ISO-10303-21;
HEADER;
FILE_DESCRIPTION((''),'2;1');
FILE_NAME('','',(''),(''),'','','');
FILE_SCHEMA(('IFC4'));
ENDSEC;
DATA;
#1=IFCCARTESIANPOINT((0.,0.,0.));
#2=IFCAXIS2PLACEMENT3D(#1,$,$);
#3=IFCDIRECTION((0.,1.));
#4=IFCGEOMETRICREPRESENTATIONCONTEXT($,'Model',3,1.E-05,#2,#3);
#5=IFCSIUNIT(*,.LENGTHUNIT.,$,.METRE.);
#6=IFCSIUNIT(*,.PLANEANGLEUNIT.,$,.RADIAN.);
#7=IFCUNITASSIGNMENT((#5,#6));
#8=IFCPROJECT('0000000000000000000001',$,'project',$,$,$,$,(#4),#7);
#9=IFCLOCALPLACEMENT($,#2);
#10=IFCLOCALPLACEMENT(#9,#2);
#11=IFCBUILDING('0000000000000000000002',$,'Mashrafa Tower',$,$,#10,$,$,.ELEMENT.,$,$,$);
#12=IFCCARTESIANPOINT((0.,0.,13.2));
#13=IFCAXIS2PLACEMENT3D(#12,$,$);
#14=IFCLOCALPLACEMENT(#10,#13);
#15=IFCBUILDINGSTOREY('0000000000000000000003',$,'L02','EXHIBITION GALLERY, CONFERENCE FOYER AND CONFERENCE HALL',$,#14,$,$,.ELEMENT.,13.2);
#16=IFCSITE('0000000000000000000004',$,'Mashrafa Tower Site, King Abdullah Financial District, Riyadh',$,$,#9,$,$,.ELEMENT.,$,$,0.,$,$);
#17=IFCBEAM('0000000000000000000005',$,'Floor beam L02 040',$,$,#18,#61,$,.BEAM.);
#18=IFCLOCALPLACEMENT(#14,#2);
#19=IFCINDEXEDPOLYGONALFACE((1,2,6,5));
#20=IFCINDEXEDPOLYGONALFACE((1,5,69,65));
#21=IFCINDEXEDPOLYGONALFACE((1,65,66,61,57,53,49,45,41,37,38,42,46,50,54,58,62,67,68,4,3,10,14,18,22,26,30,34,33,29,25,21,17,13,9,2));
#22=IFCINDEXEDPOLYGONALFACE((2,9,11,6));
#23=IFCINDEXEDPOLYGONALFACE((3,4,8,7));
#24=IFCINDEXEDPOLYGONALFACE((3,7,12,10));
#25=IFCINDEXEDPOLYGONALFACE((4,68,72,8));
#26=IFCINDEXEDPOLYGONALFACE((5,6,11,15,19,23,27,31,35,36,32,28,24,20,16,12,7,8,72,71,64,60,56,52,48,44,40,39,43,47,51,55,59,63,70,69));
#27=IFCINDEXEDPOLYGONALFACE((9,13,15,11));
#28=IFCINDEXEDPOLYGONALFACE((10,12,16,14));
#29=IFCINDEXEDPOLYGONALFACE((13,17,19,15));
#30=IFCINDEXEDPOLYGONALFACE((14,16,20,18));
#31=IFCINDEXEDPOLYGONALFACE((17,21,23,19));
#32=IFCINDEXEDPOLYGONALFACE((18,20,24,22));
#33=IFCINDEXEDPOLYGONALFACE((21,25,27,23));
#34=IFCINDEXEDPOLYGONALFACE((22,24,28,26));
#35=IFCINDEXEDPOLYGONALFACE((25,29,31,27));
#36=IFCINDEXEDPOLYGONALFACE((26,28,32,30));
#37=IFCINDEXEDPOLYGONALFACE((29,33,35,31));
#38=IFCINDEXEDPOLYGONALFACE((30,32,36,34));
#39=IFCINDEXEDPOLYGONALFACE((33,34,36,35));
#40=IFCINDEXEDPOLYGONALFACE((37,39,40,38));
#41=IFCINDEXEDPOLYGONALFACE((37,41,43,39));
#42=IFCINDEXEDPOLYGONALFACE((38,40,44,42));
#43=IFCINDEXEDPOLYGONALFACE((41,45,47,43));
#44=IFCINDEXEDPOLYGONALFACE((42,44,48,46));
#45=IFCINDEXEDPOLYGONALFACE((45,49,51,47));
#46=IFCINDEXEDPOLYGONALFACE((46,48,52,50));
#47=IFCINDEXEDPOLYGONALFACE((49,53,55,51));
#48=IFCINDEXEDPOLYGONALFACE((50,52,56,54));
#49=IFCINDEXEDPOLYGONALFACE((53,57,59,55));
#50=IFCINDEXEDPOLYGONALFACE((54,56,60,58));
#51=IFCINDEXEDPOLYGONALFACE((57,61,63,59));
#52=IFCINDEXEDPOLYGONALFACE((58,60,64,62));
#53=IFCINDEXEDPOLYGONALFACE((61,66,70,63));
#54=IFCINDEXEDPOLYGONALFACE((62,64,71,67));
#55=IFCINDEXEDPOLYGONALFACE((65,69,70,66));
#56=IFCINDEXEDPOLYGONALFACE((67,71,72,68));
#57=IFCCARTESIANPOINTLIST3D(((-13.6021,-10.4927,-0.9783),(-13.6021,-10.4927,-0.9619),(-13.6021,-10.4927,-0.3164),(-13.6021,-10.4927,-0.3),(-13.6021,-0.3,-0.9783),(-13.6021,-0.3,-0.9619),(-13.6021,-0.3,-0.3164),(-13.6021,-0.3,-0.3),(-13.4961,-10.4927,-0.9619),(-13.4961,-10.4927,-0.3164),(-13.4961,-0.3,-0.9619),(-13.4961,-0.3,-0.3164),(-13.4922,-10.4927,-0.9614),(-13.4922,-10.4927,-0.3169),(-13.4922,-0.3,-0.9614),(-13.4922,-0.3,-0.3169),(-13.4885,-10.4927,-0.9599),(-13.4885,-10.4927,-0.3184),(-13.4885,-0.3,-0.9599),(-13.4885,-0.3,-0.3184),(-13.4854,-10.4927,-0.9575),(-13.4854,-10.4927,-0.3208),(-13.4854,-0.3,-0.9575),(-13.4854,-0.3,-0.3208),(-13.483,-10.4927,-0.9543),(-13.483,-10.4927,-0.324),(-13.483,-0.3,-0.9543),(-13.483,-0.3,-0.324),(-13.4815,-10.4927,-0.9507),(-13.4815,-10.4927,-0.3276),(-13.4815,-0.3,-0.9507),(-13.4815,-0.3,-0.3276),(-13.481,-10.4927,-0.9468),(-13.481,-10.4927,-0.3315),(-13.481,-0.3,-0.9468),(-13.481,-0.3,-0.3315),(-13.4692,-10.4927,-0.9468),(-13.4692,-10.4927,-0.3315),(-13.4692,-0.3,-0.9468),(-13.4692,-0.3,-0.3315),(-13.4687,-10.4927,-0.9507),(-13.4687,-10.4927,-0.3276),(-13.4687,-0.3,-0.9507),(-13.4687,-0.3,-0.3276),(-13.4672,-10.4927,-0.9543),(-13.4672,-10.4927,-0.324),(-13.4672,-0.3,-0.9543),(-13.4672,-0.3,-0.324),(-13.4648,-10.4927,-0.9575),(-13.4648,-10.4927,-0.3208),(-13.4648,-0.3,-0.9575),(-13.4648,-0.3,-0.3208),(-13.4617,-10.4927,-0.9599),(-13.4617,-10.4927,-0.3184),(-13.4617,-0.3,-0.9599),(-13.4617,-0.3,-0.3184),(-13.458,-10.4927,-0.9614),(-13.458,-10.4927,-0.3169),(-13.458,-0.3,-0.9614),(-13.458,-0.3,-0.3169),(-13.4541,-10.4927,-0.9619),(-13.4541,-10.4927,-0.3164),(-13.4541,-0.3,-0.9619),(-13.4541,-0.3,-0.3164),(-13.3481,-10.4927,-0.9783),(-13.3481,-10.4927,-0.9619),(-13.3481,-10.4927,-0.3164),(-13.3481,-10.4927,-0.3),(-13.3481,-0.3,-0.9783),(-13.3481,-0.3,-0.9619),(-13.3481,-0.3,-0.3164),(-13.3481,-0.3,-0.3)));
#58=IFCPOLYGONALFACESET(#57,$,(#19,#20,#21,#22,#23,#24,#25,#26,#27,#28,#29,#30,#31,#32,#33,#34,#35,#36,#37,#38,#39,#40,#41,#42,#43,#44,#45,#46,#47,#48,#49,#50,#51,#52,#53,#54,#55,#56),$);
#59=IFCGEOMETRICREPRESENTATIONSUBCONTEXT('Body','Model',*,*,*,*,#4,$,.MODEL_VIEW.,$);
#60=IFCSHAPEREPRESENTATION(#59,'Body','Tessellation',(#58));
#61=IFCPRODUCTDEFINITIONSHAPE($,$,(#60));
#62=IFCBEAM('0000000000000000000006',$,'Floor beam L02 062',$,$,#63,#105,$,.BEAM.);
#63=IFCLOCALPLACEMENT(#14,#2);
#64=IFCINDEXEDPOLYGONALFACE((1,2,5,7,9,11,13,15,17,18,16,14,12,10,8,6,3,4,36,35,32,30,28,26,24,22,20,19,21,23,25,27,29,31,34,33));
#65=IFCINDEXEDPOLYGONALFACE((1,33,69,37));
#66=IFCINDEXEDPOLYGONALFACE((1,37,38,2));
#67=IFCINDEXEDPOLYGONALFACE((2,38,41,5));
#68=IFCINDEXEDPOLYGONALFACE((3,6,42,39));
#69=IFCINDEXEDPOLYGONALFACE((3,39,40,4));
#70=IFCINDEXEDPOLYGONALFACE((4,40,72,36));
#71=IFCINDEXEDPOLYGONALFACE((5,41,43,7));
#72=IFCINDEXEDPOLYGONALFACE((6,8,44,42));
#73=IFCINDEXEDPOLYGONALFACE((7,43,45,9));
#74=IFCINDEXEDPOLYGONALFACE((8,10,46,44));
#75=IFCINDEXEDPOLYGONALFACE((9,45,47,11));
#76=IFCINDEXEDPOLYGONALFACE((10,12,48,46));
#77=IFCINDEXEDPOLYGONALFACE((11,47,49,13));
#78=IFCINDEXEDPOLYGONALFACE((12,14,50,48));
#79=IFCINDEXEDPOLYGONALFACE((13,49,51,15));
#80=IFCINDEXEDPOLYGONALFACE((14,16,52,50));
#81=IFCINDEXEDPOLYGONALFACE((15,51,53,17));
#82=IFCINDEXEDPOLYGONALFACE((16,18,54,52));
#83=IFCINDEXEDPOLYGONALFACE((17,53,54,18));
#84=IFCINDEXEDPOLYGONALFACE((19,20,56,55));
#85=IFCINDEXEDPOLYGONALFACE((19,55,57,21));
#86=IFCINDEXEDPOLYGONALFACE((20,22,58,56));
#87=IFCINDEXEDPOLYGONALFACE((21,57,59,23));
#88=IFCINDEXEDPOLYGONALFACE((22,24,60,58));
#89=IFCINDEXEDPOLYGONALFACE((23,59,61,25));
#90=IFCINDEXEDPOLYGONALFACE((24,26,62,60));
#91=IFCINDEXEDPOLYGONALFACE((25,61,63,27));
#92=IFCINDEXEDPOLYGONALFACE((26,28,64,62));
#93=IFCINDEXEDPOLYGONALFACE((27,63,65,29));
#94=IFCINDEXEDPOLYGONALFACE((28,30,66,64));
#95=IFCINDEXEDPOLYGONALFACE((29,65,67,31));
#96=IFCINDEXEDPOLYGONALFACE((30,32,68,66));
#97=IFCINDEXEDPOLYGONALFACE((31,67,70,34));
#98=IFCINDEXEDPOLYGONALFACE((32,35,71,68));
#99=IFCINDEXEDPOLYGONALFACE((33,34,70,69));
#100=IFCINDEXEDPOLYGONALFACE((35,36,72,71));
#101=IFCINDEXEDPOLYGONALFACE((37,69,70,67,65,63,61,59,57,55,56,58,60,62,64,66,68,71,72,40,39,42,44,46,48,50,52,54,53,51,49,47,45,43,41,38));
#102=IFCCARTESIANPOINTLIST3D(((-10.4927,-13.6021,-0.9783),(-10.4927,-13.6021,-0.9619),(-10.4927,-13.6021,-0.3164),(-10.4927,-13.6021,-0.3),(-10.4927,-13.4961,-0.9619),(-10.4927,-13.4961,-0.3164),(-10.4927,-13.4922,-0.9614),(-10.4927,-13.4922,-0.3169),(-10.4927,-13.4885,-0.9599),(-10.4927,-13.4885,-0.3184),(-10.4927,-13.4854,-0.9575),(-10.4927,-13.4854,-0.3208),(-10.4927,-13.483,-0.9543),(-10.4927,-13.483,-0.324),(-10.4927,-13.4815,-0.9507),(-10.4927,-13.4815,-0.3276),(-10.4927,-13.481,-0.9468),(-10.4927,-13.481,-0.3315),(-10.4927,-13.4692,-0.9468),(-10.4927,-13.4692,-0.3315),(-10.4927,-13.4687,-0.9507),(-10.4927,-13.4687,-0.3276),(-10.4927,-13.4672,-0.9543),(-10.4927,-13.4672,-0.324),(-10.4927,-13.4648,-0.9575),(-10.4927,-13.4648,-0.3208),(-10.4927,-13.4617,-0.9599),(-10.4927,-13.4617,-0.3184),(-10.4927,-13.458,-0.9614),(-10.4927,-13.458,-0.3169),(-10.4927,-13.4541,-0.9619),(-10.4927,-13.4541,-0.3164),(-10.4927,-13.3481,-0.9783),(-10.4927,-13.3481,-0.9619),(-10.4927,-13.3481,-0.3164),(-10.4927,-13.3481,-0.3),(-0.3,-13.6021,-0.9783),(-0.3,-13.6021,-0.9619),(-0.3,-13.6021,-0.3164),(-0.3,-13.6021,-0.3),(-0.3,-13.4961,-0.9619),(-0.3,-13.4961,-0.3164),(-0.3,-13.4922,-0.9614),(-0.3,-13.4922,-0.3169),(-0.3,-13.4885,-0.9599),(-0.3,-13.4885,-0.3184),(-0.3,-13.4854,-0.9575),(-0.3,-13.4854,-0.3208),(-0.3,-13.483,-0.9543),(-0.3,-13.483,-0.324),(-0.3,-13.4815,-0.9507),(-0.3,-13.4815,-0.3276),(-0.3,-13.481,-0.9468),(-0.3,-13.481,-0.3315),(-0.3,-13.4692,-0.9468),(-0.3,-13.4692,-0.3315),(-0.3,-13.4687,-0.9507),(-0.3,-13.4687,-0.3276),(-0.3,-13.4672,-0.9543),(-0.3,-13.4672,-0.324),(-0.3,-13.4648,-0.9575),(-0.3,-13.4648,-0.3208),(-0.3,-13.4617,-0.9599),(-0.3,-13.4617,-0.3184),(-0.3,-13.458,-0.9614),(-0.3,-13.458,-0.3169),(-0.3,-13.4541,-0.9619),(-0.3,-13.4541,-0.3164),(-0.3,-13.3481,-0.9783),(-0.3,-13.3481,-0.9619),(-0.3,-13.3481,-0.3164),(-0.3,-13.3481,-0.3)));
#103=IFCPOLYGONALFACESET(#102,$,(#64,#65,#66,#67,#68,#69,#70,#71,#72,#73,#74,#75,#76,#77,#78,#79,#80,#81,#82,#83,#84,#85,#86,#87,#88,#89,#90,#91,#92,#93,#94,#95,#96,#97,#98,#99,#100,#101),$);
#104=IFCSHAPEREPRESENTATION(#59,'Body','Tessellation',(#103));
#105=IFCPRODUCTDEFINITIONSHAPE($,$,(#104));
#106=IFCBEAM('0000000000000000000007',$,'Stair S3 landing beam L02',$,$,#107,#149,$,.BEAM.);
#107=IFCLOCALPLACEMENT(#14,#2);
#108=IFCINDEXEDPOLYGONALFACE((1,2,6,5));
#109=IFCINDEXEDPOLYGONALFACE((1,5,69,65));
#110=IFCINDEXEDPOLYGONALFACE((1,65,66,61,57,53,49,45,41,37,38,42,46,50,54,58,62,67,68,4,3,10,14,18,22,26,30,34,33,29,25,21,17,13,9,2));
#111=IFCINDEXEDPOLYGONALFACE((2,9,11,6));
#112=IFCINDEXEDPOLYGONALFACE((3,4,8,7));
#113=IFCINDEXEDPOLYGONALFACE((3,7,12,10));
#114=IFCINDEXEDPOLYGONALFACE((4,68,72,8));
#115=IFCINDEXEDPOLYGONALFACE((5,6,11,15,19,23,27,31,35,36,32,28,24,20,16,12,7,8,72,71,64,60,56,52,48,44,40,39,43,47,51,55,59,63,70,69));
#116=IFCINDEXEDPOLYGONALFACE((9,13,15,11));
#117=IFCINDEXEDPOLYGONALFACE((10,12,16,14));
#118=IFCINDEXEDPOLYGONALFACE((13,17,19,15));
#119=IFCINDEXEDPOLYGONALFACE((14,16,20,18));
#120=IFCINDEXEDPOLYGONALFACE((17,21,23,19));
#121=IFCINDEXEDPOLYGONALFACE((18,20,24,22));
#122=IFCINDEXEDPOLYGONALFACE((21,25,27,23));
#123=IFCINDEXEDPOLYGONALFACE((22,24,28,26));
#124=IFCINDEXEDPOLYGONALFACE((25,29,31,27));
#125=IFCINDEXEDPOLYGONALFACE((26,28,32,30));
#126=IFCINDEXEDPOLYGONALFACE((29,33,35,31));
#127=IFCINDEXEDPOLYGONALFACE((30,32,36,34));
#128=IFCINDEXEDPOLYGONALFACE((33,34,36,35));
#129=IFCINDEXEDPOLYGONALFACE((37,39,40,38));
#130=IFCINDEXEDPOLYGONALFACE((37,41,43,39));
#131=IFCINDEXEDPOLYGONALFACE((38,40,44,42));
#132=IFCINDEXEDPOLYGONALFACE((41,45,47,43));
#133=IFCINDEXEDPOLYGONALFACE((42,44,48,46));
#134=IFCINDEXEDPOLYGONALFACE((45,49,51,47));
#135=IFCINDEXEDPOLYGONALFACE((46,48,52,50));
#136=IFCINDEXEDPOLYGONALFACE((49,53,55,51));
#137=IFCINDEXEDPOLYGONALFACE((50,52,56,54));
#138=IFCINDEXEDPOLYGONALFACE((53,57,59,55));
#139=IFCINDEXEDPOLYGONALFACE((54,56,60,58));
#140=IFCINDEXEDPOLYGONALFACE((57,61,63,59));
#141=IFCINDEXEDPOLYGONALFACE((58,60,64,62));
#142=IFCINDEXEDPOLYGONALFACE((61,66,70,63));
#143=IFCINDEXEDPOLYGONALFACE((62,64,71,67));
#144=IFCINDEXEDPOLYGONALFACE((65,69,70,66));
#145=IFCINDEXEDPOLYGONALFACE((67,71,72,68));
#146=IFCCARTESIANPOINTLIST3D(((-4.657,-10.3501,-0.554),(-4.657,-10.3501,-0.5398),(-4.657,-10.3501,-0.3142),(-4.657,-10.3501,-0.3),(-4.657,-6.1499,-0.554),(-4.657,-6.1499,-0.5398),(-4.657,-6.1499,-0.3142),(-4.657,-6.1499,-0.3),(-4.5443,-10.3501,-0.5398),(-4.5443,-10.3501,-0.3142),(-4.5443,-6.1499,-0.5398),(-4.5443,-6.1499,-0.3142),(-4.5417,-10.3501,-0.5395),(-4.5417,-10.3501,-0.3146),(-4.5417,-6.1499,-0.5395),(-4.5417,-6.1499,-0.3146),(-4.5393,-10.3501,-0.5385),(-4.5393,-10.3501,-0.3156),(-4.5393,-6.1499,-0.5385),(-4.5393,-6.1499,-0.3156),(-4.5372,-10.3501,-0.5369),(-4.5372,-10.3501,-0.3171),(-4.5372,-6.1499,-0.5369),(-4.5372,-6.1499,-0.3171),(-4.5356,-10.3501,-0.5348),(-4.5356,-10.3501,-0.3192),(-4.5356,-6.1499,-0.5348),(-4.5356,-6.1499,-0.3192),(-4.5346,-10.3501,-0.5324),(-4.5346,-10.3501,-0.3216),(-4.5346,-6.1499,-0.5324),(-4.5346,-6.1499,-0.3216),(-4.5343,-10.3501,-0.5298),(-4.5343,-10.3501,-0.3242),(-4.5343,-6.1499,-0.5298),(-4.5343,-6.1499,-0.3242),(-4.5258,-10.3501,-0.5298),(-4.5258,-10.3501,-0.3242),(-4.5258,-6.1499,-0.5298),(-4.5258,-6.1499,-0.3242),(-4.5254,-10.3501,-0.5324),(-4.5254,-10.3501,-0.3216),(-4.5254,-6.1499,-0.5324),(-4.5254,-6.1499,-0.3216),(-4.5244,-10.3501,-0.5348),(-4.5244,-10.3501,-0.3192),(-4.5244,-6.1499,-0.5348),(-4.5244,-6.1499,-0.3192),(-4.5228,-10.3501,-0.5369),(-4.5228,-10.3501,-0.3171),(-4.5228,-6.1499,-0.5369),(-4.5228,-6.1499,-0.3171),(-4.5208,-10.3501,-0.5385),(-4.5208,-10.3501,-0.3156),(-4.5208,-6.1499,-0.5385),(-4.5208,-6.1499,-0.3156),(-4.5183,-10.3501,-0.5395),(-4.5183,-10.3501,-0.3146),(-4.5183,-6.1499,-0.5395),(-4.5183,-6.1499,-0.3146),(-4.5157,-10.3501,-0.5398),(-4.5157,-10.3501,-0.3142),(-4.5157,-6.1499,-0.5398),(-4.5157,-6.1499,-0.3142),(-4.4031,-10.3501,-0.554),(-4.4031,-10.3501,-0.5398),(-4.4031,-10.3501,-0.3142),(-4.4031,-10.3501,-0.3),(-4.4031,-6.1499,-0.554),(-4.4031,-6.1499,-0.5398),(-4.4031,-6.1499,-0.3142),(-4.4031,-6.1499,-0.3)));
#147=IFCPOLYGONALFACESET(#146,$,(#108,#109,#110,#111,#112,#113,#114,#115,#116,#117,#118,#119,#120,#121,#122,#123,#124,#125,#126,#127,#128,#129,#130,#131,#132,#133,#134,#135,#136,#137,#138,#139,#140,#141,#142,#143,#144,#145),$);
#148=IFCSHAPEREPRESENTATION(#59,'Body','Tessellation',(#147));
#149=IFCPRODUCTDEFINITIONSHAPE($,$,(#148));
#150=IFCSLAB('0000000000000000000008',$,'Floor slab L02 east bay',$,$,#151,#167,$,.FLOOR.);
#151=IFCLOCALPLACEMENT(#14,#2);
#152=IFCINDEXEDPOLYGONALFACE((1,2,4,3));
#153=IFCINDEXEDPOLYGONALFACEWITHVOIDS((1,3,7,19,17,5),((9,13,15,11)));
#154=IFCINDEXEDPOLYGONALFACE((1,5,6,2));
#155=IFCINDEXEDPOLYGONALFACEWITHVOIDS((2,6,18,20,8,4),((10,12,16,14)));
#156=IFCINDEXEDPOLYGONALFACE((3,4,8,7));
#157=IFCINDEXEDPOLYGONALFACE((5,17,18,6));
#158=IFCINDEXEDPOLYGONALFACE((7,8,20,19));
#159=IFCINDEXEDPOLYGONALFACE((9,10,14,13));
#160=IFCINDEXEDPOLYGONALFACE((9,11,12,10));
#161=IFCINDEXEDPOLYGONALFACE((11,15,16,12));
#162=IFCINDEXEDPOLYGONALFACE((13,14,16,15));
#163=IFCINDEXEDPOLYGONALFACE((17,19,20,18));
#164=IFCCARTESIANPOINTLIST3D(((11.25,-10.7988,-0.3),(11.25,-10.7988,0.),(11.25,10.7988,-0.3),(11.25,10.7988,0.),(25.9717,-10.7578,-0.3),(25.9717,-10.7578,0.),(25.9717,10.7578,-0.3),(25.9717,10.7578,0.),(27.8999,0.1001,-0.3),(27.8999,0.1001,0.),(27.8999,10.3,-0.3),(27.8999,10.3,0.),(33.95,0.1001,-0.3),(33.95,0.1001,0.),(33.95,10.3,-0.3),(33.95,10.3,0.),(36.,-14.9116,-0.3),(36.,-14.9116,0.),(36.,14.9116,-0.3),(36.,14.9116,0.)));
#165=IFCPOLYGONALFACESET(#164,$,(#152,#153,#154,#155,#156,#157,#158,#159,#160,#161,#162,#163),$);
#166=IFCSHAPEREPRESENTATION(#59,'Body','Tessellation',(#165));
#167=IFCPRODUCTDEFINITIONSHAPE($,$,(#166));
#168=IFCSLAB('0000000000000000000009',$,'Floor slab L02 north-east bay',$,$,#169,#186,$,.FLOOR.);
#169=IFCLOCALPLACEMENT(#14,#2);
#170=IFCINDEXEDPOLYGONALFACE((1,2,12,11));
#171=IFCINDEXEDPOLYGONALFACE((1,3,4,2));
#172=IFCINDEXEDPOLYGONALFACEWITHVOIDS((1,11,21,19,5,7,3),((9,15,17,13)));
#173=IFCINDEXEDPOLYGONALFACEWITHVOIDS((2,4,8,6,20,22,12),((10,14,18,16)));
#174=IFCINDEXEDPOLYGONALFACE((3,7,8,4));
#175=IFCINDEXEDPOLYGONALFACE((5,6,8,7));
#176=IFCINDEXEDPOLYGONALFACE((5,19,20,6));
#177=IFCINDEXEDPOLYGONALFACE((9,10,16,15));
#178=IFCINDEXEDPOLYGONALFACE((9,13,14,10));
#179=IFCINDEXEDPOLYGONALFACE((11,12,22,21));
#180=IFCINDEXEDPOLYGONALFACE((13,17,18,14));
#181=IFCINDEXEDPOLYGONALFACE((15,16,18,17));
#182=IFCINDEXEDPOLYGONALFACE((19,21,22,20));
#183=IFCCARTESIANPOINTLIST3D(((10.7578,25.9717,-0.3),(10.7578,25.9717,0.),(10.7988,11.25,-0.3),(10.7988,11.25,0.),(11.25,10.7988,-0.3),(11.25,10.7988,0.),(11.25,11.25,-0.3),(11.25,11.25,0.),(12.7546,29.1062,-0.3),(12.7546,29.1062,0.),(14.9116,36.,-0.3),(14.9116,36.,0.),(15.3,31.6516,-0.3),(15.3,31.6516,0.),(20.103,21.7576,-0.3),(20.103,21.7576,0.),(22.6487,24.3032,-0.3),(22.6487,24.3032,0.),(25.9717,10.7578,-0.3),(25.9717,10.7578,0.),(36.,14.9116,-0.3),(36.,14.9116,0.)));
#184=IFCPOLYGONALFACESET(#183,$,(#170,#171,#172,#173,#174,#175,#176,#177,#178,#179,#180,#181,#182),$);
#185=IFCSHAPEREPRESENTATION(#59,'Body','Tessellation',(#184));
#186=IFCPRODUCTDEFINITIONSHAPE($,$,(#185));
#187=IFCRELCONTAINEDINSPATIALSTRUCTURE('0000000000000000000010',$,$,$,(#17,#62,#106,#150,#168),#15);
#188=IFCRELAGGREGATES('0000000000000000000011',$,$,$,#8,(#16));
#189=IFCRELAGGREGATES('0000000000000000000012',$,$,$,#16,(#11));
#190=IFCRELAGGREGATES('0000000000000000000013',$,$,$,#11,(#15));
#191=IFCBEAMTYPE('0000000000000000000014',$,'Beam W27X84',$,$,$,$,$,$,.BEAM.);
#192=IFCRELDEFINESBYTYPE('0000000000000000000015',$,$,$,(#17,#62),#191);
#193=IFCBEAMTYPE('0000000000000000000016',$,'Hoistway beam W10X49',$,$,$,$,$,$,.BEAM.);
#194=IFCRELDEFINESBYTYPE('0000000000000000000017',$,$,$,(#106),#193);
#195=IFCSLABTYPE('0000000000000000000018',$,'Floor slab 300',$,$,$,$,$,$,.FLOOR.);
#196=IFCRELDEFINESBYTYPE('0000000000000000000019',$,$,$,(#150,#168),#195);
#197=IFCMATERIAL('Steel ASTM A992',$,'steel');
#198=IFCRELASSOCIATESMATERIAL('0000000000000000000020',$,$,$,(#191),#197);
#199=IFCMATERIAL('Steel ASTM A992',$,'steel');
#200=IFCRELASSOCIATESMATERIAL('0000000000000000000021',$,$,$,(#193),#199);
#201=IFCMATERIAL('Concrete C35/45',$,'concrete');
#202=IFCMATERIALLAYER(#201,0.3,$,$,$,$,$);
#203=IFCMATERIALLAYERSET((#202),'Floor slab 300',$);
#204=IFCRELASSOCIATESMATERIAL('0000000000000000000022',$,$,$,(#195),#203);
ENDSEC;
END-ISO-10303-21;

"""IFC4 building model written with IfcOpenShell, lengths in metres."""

from ifc_helpers import new_model, si_unit, direction, frame, origin, origin_2d, place, context, subcontext, project, spatial, polyline, i_section, outline, extrude, material, layer, layer_set, material_profile, profile_set, type_object, element, save


model = new_model("IFC4")

# Units and contexts
model_context = context("Model", 3, precision=1e-05, world=origin(), true_north=direction((0.0, 1.0)))
body_context = subcontext(model_context, "Body", "Model", "MODEL_VIEW")
ifc_project = project(units=[si_unit("LENGTHUNIT", "METRE"), si_unit("PLANEANGLEUNIT", "RADIAN")], contexts=[model_context])

# Site, building, storey
site_placement = place(None, origin())
site = spatial("IfcSite", under=ifc_project, at=site_placement, Name="Mashrafa Tower Site, King Abdullah Financial District, Riyadh", CompositionType="ELEMENT", RefElevation=0.0)
building_placement = place(site_placement, origin())
building = spatial("IfcBuilding", under=site, at=building_placement, Name="Mashrafa Tower", CompositionType="ELEMENT")
storey_placement = place(building_placement, frame((0.0, 0.0, 13.2)))
storey = spatial("IfcBuildingStorey", under=building, at=storey_placement, Name="L02", Description="EXHIBITION GALLERY, CONFERENCE FOYER AND CONFERENCE HALL", CompositionType="ELEMENT", Elevation=13.2)

# Beams
ifc_material_1 = material(Name="Steel ASTM A992", Category="steel")
ifc_material_profile_1 = material_profile(ifc_material_1, i_section(OverallWidth=0.2539, OverallDepth=0.6782, WebThickness=0.0117, FlangeThickness=0.0164, FilletRadius=0.0151, at=origin_2d()), Name="W27X84")
ifc_profile_set_1 = profile_set([ifc_material_profile_1], Name="Steel ASTM A992")
beam_type_1 = type_object("IfcBeamType", Name="Beam W27X84", PredefinedType="BEAM", material=ifc_profile_set_1)
for number, where, z_axis, x_axis, name in (
    (1, (-13.4751, -10.4927, -0.6392), (0.0, 1.0, 0.0), (-1.0, 0.0, 0.0), "Floor beam L02 040"),
    (2, (-0.3, -13.4751, -0.6392), (-1.0, 0.0, 0.0), (0.0, -1.0, 0.0), "Floor beam L02 062"),
):
    element("IfcBeam", number, at=place(storey_placement, frame(where, z_axis=z_axis, x_axis=x_axis)), inside=storey, type_object=beam_type_1, Name=name, PredefinedType="BEAM", context=body_context, shape_type="SweptSolid", body=[
        extrude(i_section(OverallWidth=0.2539, OverallDepth=0.6782, WebThickness=0.0117, FlangeThickness=0.0164, FilletRadius=0.0151, at=origin_2d()), origin(), (0.0, 0.0, 1.0), 10.1926),
    ])
ifc_material_2 = material(Name="Steel ASTM A992", Category="steel")
ifc_material_profile_2 = material_profile(ifc_material_2, i_section(OverallWidth=0.2539, OverallDepth=0.2539, WebThickness=0.0085, FlangeThickness=0.0142, FilletRadius=0.01, at=origin_2d()), Name="W10X49")
ifc_profile_set_2 = profile_set([ifc_material_profile_2], Name="Steel ASTM A992")
beam_type_2 = type_object("IfcBeamType", Name="Hoistway beam W10X49", PredefinedType="BEAM", material=ifc_profile_set_2)
beam_1_placement = place(storey_placement, frame((-4.53, -10.3501, -0.427), z_axis=(0.0, 1.0, 0.0), x_axis=(-1.0, 0.0, 0.0)))
element("IfcBeam", 3, at=beam_1_placement, inside=storey, type_object=beam_type_2, Name="Stair S3 landing beam L02", PredefinedType="BEAM", context=body_context, shape_type="SweptSolid", body=[
    extrude(i_section(OverallWidth=0.2539, OverallDepth=0.2539, WebThickness=0.0085, FlangeThickness=0.0142, FilletRadius=0.01, at=origin_2d()), origin(), (0.0, 0.0, 1.0), 4.2002),
])

# Slabs
ifc_material_3 = material(Name="Concrete C35/45", Category="concrete")
ifc_layer_1 = layer(ifc_material_3, 0.3)
ifc_layer_set_1 = layer_set([ifc_layer_1], Name="Floor slab 300")
slab_type = type_object("IfcSlabType", Name="Floor slab 300", PredefinedType="FLOOR", material=ifc_layer_set_1)
slab_1_placement = place(storey_placement, frame((0.0, 0.0, -0.3)))
element("IfcSlab", 4, at=slab_1_placement, inside=storey, type_object=slab_type, Name="Floor slab L02 east bay", PredefinedType="FLOOR", context=body_context, shape_type="SweptSolid", body=[
    extrude(outline(polyline([(36.0, 14.9116), (36.0, -14.9116), (36.0, -14.9116), (25.9717, -10.7578), (11.25, -10.7988), (11.25, 10.7988), (25.9717, 10.7578), (36.0, 14.9116), (36.0, 14.9116)]), holes=[polyline([(27.8999, 0.1001), (33.95, 0.1001), (33.95, 10.3), (27.8999, 10.3), (27.8999, 0.1001)])]), origin(), (0.0, 0.0, 1.0), 0.3),
])
slab_2_placement = place(storey_placement, frame((0.0, 0.0, -0.3)))
element("IfcSlab", 5, at=slab_2_placement, inside=storey, type_object=slab_type, Name="Floor slab L02 north-east bay", PredefinedType="FLOOR", context=body_context, shape_type="SweptSolid", body=[
    extrude(outline(polyline([(36.0, 14.9116), (25.9717, 10.7578), (11.25, 10.7988), (11.25, 11.25), (10.7988, 11.25), (10.7578, 25.9717), (14.9116, 36.0), (36.0, 14.9116)]), holes=[polyline([(12.7546, 29.1062), (20.103, 21.7576), (22.6487, 24.3032), (15.3, 31.6516), (12.7546, 29.1062)])]), origin(), (0.0, 0.0, 1.0), 0.3),
])

save(model, "model.ifc")
